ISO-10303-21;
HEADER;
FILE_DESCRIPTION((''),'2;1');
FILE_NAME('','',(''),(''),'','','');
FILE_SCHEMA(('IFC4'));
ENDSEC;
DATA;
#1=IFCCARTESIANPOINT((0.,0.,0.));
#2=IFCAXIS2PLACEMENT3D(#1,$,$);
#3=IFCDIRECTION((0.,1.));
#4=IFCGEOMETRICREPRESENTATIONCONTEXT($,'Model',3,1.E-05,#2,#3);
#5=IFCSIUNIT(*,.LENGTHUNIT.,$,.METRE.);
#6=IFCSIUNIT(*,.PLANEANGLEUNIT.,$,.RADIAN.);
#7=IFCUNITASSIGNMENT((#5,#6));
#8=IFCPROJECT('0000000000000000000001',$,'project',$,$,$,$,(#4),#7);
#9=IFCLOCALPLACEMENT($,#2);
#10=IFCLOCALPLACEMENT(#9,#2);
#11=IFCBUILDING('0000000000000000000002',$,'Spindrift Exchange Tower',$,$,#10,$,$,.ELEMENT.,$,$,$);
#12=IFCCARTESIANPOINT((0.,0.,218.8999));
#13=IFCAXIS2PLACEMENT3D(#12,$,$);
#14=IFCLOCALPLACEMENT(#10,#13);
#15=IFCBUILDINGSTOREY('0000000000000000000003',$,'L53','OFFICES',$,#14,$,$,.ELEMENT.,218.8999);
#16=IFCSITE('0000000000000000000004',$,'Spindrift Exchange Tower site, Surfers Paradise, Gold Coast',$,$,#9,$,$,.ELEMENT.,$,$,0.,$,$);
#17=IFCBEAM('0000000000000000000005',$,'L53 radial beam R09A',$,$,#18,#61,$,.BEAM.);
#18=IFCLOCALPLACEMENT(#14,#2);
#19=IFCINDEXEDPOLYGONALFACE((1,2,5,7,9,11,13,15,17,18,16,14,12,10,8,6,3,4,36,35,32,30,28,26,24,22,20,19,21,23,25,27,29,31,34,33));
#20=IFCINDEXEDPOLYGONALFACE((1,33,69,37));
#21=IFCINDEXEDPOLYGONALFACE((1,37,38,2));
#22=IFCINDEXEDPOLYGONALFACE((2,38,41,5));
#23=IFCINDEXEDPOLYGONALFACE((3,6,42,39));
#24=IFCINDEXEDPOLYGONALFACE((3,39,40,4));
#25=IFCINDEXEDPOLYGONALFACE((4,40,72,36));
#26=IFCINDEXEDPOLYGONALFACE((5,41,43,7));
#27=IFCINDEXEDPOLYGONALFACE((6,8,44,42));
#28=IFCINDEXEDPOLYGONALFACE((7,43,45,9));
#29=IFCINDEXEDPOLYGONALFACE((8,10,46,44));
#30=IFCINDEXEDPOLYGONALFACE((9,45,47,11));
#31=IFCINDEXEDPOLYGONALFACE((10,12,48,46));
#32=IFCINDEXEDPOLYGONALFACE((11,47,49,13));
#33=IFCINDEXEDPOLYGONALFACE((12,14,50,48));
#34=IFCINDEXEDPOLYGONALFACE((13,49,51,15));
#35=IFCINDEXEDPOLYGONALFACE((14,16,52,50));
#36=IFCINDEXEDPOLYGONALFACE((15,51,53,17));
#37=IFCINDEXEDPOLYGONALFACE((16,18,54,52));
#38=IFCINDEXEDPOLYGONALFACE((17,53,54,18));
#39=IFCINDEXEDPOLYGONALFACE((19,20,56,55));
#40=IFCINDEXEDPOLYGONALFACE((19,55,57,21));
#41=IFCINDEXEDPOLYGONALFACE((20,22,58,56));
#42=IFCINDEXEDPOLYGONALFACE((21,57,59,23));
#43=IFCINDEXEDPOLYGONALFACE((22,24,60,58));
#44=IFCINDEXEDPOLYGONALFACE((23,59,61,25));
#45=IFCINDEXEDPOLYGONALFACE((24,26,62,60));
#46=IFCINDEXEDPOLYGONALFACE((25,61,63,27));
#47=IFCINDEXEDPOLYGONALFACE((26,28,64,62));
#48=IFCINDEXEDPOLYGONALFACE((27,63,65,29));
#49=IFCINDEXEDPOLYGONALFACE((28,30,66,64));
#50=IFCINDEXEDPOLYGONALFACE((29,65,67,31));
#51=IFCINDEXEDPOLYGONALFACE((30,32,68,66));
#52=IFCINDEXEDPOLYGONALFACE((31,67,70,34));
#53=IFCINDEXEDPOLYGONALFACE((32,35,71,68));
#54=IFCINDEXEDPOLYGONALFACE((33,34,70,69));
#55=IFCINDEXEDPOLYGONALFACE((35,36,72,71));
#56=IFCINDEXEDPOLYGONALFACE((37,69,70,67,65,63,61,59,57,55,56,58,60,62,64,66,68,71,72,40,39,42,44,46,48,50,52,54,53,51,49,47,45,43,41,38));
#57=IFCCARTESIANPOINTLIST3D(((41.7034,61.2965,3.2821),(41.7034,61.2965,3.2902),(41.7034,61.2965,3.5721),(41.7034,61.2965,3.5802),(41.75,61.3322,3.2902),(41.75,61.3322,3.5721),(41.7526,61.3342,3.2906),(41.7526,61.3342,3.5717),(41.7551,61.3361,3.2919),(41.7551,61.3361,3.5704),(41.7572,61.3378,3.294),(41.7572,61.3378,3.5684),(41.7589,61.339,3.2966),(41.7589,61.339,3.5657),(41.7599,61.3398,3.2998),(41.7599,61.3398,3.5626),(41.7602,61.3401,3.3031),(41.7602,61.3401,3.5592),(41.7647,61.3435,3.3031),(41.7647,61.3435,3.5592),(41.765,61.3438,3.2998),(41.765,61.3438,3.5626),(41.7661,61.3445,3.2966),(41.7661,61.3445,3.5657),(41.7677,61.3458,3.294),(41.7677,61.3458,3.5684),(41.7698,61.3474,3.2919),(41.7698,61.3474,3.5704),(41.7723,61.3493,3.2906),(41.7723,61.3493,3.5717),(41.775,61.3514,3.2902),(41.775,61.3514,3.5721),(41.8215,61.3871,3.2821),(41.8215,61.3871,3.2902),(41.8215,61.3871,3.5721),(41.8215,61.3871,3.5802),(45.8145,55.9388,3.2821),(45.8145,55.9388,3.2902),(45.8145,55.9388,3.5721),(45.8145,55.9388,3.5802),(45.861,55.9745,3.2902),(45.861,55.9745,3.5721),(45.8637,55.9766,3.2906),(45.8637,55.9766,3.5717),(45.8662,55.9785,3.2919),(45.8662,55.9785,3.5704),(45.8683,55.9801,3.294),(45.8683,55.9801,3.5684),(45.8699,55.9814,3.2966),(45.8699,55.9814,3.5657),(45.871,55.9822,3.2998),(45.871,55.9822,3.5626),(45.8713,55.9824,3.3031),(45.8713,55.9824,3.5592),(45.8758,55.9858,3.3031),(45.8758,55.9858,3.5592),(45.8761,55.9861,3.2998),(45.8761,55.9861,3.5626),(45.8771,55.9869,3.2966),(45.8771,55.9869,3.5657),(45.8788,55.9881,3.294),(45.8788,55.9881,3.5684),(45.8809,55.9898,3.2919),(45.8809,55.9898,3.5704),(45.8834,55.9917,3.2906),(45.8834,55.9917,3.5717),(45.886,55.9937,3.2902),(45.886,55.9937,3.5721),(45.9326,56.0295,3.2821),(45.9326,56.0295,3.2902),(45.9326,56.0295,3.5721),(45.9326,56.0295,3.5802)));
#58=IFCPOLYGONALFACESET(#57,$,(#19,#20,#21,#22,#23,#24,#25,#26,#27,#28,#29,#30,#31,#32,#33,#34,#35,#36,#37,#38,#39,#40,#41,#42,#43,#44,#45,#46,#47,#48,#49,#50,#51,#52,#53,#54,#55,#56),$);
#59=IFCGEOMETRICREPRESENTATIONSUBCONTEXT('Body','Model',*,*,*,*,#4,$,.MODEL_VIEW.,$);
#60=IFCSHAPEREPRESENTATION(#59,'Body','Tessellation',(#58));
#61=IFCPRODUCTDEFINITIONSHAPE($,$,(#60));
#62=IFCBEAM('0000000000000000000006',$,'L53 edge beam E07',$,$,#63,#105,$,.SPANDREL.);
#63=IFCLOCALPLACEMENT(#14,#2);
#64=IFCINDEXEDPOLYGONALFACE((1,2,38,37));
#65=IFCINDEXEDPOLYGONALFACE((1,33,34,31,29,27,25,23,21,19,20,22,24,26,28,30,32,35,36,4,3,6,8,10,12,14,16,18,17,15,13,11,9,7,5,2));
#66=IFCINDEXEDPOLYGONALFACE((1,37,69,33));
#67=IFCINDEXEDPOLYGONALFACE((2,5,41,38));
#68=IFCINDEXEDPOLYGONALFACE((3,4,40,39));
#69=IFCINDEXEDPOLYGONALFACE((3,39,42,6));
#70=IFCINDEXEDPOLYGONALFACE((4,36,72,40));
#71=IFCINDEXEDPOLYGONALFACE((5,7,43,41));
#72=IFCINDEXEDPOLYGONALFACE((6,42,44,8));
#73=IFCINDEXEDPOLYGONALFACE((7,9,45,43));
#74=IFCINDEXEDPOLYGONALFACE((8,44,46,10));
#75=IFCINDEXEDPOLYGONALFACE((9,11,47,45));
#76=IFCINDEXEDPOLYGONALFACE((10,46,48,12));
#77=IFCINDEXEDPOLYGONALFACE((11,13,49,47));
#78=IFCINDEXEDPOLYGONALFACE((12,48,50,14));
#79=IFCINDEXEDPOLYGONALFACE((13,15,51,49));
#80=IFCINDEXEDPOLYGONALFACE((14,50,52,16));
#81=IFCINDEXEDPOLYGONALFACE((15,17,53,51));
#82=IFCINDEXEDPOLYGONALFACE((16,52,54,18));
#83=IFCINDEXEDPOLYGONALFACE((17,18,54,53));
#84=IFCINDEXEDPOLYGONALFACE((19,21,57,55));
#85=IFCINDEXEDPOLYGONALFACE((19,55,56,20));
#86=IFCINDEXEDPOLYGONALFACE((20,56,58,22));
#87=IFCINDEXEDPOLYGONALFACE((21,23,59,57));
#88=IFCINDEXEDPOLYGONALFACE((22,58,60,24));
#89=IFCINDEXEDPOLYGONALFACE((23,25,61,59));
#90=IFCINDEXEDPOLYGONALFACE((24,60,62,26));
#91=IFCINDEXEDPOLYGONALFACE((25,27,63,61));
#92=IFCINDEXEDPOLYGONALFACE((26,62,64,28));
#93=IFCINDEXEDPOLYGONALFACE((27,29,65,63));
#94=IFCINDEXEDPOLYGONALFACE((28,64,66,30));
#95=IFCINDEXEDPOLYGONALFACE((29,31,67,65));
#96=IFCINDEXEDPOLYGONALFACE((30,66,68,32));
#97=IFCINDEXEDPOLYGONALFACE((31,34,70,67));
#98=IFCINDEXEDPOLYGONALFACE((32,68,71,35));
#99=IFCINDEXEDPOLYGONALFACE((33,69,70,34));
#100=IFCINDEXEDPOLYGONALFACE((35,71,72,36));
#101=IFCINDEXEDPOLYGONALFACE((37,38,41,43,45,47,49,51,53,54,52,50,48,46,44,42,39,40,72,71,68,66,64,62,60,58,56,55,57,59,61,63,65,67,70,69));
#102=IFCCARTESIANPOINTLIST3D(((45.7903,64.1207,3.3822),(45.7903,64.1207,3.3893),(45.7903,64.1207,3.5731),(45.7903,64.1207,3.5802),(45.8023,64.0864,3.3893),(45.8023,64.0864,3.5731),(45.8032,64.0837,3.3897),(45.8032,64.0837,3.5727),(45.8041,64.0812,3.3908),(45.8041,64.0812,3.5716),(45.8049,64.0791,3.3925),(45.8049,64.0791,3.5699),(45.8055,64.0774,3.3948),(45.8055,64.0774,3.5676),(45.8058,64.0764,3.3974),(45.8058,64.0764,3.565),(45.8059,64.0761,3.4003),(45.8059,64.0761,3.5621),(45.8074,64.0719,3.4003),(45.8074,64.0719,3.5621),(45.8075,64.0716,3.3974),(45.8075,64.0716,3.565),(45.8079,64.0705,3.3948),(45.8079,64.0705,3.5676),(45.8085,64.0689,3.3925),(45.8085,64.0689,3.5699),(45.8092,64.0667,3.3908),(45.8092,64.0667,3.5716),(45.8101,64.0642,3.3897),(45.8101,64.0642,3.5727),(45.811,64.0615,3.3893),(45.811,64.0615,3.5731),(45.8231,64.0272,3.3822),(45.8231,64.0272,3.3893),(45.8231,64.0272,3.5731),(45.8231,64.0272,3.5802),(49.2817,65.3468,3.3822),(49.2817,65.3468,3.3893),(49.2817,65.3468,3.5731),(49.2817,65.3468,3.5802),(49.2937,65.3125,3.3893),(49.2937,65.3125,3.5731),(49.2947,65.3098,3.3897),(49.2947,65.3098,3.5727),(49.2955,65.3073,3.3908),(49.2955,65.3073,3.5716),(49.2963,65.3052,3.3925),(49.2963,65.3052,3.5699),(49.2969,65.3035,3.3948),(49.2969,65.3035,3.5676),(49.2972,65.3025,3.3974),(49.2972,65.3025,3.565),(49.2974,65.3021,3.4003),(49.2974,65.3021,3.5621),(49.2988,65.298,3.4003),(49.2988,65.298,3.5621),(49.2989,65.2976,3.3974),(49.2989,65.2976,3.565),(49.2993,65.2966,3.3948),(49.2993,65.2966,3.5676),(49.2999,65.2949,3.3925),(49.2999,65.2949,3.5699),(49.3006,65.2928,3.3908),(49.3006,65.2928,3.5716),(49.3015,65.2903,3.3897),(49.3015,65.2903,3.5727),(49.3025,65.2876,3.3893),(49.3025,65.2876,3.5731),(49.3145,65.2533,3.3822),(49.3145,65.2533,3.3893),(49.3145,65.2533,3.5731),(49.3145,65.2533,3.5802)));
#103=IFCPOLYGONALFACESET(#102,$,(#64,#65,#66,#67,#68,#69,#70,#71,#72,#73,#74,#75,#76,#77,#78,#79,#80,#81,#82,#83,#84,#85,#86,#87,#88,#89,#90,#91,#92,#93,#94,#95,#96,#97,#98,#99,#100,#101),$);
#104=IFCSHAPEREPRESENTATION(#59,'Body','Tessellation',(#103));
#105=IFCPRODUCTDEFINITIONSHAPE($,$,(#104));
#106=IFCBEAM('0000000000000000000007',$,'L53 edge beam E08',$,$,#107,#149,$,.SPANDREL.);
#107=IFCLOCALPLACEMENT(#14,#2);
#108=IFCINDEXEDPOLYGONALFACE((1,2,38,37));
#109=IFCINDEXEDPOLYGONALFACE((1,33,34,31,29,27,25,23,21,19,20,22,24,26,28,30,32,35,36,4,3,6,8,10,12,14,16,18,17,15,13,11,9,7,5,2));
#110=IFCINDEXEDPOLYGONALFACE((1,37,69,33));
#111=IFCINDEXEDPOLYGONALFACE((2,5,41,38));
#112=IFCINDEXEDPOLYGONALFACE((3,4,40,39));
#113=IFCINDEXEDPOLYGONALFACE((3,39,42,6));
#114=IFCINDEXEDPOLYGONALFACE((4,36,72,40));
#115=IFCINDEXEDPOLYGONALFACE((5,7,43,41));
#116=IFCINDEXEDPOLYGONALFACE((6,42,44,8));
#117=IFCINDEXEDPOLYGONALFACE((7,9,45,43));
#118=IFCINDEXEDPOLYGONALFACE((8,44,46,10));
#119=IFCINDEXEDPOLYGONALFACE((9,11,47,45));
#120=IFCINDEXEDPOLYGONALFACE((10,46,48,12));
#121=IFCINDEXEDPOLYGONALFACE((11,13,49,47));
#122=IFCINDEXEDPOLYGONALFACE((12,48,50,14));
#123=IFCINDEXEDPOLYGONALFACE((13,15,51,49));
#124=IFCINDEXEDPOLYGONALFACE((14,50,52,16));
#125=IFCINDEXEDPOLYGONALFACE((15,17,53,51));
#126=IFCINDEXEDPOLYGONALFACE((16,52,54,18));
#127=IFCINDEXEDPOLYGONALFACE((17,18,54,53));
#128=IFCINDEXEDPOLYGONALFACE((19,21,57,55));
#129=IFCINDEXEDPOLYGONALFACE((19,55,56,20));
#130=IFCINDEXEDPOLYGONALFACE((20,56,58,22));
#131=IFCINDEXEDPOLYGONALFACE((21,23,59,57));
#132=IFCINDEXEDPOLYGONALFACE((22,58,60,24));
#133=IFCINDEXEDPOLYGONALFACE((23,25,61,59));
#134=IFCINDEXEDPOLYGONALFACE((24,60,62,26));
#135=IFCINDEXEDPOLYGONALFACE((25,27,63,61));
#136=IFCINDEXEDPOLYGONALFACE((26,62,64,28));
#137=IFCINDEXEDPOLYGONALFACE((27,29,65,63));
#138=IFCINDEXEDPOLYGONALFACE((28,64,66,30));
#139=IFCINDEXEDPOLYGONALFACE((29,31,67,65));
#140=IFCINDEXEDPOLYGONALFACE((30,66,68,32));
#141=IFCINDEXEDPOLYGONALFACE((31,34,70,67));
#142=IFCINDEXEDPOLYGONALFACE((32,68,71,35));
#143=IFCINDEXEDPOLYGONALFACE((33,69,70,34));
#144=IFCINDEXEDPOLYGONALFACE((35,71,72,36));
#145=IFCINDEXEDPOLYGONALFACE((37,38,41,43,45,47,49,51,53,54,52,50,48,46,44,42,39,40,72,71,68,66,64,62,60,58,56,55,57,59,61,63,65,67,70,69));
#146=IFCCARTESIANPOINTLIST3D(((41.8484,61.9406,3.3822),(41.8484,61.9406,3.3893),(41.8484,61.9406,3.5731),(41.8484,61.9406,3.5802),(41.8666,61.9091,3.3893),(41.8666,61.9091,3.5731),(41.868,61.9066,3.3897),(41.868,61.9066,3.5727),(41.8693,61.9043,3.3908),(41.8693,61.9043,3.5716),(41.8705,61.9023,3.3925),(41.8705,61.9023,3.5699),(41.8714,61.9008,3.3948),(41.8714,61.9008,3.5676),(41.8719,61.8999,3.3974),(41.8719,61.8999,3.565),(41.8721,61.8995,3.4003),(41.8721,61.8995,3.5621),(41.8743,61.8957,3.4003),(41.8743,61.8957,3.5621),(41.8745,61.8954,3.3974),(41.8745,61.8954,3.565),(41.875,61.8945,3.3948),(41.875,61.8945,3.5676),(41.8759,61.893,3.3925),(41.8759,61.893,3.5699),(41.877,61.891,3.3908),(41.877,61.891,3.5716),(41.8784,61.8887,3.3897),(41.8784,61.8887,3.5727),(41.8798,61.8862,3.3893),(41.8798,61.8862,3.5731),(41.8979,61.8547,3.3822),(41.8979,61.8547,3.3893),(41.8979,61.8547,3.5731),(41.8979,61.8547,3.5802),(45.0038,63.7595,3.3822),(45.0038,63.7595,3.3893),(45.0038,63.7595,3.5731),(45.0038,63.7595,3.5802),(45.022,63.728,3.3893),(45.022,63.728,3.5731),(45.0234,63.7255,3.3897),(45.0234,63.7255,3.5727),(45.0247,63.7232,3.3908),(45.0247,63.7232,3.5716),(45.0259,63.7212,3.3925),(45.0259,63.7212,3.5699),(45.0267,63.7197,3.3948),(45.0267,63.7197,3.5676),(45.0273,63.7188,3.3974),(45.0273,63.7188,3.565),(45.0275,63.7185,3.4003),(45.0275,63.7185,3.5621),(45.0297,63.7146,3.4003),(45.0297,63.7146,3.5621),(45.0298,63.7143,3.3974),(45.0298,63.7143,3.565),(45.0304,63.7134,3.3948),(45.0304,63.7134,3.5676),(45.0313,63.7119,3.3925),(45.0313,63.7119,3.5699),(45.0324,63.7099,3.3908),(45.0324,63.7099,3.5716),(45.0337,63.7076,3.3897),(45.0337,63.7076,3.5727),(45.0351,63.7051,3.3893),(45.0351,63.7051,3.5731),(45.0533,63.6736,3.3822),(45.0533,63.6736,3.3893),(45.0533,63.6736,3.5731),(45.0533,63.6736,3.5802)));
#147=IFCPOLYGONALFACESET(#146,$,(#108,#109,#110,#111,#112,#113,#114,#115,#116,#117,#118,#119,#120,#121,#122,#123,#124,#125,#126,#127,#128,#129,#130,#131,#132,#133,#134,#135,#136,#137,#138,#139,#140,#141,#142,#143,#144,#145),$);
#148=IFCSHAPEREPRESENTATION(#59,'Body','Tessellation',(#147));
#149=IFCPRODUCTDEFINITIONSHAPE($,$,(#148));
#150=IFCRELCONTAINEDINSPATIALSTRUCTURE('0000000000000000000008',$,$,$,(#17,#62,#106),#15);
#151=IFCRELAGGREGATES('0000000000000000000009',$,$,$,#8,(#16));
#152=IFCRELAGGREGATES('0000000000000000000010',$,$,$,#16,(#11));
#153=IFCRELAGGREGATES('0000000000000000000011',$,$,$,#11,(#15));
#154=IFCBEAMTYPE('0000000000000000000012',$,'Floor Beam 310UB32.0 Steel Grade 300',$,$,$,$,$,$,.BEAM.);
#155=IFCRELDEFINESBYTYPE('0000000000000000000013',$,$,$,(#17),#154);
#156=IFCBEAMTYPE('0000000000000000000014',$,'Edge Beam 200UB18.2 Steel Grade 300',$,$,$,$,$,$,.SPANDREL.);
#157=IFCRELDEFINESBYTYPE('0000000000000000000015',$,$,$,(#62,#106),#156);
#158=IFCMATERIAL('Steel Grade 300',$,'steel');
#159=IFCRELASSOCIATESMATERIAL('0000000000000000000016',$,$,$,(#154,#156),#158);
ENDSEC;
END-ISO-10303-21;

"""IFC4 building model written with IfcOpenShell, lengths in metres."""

from ifc_helpers import new_model, si_unit, direction, frame, origin, origin_2d, place, context, subcontext, project, spatial, i_section, extrude, source, transform, mapped, material, material_profile, profile_set, type_object, element, save


model = new_model("IFC4")

# Units and contexts
model_context = context("Model", 3, precision=1e-05, world=origin(), true_north=direction((0.0, 1.0)))
body_context = subcontext(model_context, "Body", "Model", "MODEL_VIEW")
ifc_project = project(units=[si_unit("LENGTHUNIT", "METRE"), si_unit("PLANEANGLEUNIT", "RADIAN")], contexts=[model_context])

# Site, building, storey
site_placement = place(None, origin())
site = spatial("IfcSite", under=ifc_project, at=site_placement, Name="Spindrift Exchange Tower site, Surfers Paradise, Gold Coast", CompositionType="ELEMENT", RefElevation=0.0)
building_placement = place(site_placement, origin())
building = spatial("IfcBuilding", under=site, at=building_placement, Name="Spindrift Exchange Tower", CompositionType="ELEMENT")
storey_placement = place(building_placement, frame((0.0, 0.0, 218.8999)))
storey = spatial("IfcBuildingStorey", under=building, at=storey_placement, Name="L53", Description="OFFICES", CompositionType="ELEMENT", Elevation=218.8999)

# Beams
ifc_material_1 = material(Name="Steel Grade 300", Category="steel")
ifc_material_profile_1 = material_profile(ifc_material_1, i_section(OverallWidth=0.1489, OverallDepth=0.2981, WebThickness=0.0056, FlangeThickness=0.0081, FilletRadius=0.0129, at=origin_2d()), Name="310UB32.0")
ifc_profile_set_1 = profile_set([ifc_material_profile_1], Name="Steel Grade 300")
beam_type_1 = type_object("IfcBeamType", Name="Floor Beam 310UB32.0 Steel Grade 300", PredefinedType="BEAM", material=ifc_profile_set_1)
shared_shape_1 = source(origin(), body_context, "Body", "SweptSolid", [
    extrude(i_section(OverallWidth=0.1489, OverallDepth=0.2981, WebThickness=0.0056, FlangeThickness=0.0081, FilletRadius=0.0129, at=origin_2d()), origin(), (0.0, 0.0, 1.0), 6.7532),
])
beam_1_placement = place(storey_placement, frame((45.8735, 55.9841, 3.4312), z_axis=(-0.608762, 0.793353, 0.0), x_axis=(-0.793353, -0.608762, 0.0)))
element("IfcBeam", 1, at=beam_1_placement, inside=storey, type_object=beam_type_1, Name="L53 radial beam R09A", PredefinedType="BEAM", context=body_context, shape_type="MappedRepresentation", body=[
    mapped(shared_shape_1, transform((0.0, 0.0, 0.0), scale=1.0)),
])
ifc_material_profile_2 = material_profile(ifc_material_1, i_section(OverallWidth=0.0991, OverallDepth=0.198, WebThickness=0.0044, FlangeThickness=0.0071, FilletRadius=0.011, at=origin_2d()), Name="200UB18.2")
ifc_profile_set_2 = profile_set([ifc_material_profile_2], Name="Steel Grade 300")
beam_type_2 = type_object("IfcBeamType", Name="Edge Beam 200UB18.2 Steel Grade 300", PredefinedType="SPANDREL", material=ifc_profile_set_2)
shared_shape_2 = source(origin(), body_context, "Body", "SweptSolid", [
    extrude(i_section(OverallWidth=0.0991, OverallDepth=0.198, WebThickness=0.0044, FlangeThickness=0.0071, FilletRadius=0.011, at=origin_2d()), origin(), (0.0, 0.0, 1.0), 3.7004),
])
beam_2_placement = place(storey_placement, frame((49.2981, 65.3, 3.4812), z_axis=(-0.943515, -0.331329, 0.0), x_axis=(0.331329, -0.943515, 0.0)))
element("IfcBeam", 2, at=beam_2_placement, inside=storey, type_object=beam_type_2, Name="L53 edge beam E07", PredefinedType="SPANDREL", context=body_context, shape_type="MappedRepresentation", body=[
    mapped(shared_shape_2, transform((0.0, 0.0, 0.0), scale=1.0)),
])
shared_shape_3 = source(origin(), body_context, "Body", "SweptSolid", [
    extrude(i_section(OverallWidth=0.0991, OverallDepth=0.198, WebThickness=0.0044, FlangeThickness=0.0071, FilletRadius=0.011, at=origin_2d()), origin(), (0.0, 0.0, 1.0), 3.6421),
])
beam_3_placement = place(storey_placement, frame((45.0286, 63.7166, 3.4812), z_axis=(-0.866364, -0.499413, 0.0), x_axis=(0.499413, -0.866364, 0.0)))
element("IfcBeam", 3, at=beam_3_placement, inside=storey, type_object=beam_type_2, Name="L53 edge beam E08", PredefinedType="SPANDREL", context=body_context, shape_type="MappedRepresentation", body=[
    mapped(shared_shape_3, transform((0.0, 0.0, 0.0), scale=1.0)),
])

save(model, "model.ifc")
